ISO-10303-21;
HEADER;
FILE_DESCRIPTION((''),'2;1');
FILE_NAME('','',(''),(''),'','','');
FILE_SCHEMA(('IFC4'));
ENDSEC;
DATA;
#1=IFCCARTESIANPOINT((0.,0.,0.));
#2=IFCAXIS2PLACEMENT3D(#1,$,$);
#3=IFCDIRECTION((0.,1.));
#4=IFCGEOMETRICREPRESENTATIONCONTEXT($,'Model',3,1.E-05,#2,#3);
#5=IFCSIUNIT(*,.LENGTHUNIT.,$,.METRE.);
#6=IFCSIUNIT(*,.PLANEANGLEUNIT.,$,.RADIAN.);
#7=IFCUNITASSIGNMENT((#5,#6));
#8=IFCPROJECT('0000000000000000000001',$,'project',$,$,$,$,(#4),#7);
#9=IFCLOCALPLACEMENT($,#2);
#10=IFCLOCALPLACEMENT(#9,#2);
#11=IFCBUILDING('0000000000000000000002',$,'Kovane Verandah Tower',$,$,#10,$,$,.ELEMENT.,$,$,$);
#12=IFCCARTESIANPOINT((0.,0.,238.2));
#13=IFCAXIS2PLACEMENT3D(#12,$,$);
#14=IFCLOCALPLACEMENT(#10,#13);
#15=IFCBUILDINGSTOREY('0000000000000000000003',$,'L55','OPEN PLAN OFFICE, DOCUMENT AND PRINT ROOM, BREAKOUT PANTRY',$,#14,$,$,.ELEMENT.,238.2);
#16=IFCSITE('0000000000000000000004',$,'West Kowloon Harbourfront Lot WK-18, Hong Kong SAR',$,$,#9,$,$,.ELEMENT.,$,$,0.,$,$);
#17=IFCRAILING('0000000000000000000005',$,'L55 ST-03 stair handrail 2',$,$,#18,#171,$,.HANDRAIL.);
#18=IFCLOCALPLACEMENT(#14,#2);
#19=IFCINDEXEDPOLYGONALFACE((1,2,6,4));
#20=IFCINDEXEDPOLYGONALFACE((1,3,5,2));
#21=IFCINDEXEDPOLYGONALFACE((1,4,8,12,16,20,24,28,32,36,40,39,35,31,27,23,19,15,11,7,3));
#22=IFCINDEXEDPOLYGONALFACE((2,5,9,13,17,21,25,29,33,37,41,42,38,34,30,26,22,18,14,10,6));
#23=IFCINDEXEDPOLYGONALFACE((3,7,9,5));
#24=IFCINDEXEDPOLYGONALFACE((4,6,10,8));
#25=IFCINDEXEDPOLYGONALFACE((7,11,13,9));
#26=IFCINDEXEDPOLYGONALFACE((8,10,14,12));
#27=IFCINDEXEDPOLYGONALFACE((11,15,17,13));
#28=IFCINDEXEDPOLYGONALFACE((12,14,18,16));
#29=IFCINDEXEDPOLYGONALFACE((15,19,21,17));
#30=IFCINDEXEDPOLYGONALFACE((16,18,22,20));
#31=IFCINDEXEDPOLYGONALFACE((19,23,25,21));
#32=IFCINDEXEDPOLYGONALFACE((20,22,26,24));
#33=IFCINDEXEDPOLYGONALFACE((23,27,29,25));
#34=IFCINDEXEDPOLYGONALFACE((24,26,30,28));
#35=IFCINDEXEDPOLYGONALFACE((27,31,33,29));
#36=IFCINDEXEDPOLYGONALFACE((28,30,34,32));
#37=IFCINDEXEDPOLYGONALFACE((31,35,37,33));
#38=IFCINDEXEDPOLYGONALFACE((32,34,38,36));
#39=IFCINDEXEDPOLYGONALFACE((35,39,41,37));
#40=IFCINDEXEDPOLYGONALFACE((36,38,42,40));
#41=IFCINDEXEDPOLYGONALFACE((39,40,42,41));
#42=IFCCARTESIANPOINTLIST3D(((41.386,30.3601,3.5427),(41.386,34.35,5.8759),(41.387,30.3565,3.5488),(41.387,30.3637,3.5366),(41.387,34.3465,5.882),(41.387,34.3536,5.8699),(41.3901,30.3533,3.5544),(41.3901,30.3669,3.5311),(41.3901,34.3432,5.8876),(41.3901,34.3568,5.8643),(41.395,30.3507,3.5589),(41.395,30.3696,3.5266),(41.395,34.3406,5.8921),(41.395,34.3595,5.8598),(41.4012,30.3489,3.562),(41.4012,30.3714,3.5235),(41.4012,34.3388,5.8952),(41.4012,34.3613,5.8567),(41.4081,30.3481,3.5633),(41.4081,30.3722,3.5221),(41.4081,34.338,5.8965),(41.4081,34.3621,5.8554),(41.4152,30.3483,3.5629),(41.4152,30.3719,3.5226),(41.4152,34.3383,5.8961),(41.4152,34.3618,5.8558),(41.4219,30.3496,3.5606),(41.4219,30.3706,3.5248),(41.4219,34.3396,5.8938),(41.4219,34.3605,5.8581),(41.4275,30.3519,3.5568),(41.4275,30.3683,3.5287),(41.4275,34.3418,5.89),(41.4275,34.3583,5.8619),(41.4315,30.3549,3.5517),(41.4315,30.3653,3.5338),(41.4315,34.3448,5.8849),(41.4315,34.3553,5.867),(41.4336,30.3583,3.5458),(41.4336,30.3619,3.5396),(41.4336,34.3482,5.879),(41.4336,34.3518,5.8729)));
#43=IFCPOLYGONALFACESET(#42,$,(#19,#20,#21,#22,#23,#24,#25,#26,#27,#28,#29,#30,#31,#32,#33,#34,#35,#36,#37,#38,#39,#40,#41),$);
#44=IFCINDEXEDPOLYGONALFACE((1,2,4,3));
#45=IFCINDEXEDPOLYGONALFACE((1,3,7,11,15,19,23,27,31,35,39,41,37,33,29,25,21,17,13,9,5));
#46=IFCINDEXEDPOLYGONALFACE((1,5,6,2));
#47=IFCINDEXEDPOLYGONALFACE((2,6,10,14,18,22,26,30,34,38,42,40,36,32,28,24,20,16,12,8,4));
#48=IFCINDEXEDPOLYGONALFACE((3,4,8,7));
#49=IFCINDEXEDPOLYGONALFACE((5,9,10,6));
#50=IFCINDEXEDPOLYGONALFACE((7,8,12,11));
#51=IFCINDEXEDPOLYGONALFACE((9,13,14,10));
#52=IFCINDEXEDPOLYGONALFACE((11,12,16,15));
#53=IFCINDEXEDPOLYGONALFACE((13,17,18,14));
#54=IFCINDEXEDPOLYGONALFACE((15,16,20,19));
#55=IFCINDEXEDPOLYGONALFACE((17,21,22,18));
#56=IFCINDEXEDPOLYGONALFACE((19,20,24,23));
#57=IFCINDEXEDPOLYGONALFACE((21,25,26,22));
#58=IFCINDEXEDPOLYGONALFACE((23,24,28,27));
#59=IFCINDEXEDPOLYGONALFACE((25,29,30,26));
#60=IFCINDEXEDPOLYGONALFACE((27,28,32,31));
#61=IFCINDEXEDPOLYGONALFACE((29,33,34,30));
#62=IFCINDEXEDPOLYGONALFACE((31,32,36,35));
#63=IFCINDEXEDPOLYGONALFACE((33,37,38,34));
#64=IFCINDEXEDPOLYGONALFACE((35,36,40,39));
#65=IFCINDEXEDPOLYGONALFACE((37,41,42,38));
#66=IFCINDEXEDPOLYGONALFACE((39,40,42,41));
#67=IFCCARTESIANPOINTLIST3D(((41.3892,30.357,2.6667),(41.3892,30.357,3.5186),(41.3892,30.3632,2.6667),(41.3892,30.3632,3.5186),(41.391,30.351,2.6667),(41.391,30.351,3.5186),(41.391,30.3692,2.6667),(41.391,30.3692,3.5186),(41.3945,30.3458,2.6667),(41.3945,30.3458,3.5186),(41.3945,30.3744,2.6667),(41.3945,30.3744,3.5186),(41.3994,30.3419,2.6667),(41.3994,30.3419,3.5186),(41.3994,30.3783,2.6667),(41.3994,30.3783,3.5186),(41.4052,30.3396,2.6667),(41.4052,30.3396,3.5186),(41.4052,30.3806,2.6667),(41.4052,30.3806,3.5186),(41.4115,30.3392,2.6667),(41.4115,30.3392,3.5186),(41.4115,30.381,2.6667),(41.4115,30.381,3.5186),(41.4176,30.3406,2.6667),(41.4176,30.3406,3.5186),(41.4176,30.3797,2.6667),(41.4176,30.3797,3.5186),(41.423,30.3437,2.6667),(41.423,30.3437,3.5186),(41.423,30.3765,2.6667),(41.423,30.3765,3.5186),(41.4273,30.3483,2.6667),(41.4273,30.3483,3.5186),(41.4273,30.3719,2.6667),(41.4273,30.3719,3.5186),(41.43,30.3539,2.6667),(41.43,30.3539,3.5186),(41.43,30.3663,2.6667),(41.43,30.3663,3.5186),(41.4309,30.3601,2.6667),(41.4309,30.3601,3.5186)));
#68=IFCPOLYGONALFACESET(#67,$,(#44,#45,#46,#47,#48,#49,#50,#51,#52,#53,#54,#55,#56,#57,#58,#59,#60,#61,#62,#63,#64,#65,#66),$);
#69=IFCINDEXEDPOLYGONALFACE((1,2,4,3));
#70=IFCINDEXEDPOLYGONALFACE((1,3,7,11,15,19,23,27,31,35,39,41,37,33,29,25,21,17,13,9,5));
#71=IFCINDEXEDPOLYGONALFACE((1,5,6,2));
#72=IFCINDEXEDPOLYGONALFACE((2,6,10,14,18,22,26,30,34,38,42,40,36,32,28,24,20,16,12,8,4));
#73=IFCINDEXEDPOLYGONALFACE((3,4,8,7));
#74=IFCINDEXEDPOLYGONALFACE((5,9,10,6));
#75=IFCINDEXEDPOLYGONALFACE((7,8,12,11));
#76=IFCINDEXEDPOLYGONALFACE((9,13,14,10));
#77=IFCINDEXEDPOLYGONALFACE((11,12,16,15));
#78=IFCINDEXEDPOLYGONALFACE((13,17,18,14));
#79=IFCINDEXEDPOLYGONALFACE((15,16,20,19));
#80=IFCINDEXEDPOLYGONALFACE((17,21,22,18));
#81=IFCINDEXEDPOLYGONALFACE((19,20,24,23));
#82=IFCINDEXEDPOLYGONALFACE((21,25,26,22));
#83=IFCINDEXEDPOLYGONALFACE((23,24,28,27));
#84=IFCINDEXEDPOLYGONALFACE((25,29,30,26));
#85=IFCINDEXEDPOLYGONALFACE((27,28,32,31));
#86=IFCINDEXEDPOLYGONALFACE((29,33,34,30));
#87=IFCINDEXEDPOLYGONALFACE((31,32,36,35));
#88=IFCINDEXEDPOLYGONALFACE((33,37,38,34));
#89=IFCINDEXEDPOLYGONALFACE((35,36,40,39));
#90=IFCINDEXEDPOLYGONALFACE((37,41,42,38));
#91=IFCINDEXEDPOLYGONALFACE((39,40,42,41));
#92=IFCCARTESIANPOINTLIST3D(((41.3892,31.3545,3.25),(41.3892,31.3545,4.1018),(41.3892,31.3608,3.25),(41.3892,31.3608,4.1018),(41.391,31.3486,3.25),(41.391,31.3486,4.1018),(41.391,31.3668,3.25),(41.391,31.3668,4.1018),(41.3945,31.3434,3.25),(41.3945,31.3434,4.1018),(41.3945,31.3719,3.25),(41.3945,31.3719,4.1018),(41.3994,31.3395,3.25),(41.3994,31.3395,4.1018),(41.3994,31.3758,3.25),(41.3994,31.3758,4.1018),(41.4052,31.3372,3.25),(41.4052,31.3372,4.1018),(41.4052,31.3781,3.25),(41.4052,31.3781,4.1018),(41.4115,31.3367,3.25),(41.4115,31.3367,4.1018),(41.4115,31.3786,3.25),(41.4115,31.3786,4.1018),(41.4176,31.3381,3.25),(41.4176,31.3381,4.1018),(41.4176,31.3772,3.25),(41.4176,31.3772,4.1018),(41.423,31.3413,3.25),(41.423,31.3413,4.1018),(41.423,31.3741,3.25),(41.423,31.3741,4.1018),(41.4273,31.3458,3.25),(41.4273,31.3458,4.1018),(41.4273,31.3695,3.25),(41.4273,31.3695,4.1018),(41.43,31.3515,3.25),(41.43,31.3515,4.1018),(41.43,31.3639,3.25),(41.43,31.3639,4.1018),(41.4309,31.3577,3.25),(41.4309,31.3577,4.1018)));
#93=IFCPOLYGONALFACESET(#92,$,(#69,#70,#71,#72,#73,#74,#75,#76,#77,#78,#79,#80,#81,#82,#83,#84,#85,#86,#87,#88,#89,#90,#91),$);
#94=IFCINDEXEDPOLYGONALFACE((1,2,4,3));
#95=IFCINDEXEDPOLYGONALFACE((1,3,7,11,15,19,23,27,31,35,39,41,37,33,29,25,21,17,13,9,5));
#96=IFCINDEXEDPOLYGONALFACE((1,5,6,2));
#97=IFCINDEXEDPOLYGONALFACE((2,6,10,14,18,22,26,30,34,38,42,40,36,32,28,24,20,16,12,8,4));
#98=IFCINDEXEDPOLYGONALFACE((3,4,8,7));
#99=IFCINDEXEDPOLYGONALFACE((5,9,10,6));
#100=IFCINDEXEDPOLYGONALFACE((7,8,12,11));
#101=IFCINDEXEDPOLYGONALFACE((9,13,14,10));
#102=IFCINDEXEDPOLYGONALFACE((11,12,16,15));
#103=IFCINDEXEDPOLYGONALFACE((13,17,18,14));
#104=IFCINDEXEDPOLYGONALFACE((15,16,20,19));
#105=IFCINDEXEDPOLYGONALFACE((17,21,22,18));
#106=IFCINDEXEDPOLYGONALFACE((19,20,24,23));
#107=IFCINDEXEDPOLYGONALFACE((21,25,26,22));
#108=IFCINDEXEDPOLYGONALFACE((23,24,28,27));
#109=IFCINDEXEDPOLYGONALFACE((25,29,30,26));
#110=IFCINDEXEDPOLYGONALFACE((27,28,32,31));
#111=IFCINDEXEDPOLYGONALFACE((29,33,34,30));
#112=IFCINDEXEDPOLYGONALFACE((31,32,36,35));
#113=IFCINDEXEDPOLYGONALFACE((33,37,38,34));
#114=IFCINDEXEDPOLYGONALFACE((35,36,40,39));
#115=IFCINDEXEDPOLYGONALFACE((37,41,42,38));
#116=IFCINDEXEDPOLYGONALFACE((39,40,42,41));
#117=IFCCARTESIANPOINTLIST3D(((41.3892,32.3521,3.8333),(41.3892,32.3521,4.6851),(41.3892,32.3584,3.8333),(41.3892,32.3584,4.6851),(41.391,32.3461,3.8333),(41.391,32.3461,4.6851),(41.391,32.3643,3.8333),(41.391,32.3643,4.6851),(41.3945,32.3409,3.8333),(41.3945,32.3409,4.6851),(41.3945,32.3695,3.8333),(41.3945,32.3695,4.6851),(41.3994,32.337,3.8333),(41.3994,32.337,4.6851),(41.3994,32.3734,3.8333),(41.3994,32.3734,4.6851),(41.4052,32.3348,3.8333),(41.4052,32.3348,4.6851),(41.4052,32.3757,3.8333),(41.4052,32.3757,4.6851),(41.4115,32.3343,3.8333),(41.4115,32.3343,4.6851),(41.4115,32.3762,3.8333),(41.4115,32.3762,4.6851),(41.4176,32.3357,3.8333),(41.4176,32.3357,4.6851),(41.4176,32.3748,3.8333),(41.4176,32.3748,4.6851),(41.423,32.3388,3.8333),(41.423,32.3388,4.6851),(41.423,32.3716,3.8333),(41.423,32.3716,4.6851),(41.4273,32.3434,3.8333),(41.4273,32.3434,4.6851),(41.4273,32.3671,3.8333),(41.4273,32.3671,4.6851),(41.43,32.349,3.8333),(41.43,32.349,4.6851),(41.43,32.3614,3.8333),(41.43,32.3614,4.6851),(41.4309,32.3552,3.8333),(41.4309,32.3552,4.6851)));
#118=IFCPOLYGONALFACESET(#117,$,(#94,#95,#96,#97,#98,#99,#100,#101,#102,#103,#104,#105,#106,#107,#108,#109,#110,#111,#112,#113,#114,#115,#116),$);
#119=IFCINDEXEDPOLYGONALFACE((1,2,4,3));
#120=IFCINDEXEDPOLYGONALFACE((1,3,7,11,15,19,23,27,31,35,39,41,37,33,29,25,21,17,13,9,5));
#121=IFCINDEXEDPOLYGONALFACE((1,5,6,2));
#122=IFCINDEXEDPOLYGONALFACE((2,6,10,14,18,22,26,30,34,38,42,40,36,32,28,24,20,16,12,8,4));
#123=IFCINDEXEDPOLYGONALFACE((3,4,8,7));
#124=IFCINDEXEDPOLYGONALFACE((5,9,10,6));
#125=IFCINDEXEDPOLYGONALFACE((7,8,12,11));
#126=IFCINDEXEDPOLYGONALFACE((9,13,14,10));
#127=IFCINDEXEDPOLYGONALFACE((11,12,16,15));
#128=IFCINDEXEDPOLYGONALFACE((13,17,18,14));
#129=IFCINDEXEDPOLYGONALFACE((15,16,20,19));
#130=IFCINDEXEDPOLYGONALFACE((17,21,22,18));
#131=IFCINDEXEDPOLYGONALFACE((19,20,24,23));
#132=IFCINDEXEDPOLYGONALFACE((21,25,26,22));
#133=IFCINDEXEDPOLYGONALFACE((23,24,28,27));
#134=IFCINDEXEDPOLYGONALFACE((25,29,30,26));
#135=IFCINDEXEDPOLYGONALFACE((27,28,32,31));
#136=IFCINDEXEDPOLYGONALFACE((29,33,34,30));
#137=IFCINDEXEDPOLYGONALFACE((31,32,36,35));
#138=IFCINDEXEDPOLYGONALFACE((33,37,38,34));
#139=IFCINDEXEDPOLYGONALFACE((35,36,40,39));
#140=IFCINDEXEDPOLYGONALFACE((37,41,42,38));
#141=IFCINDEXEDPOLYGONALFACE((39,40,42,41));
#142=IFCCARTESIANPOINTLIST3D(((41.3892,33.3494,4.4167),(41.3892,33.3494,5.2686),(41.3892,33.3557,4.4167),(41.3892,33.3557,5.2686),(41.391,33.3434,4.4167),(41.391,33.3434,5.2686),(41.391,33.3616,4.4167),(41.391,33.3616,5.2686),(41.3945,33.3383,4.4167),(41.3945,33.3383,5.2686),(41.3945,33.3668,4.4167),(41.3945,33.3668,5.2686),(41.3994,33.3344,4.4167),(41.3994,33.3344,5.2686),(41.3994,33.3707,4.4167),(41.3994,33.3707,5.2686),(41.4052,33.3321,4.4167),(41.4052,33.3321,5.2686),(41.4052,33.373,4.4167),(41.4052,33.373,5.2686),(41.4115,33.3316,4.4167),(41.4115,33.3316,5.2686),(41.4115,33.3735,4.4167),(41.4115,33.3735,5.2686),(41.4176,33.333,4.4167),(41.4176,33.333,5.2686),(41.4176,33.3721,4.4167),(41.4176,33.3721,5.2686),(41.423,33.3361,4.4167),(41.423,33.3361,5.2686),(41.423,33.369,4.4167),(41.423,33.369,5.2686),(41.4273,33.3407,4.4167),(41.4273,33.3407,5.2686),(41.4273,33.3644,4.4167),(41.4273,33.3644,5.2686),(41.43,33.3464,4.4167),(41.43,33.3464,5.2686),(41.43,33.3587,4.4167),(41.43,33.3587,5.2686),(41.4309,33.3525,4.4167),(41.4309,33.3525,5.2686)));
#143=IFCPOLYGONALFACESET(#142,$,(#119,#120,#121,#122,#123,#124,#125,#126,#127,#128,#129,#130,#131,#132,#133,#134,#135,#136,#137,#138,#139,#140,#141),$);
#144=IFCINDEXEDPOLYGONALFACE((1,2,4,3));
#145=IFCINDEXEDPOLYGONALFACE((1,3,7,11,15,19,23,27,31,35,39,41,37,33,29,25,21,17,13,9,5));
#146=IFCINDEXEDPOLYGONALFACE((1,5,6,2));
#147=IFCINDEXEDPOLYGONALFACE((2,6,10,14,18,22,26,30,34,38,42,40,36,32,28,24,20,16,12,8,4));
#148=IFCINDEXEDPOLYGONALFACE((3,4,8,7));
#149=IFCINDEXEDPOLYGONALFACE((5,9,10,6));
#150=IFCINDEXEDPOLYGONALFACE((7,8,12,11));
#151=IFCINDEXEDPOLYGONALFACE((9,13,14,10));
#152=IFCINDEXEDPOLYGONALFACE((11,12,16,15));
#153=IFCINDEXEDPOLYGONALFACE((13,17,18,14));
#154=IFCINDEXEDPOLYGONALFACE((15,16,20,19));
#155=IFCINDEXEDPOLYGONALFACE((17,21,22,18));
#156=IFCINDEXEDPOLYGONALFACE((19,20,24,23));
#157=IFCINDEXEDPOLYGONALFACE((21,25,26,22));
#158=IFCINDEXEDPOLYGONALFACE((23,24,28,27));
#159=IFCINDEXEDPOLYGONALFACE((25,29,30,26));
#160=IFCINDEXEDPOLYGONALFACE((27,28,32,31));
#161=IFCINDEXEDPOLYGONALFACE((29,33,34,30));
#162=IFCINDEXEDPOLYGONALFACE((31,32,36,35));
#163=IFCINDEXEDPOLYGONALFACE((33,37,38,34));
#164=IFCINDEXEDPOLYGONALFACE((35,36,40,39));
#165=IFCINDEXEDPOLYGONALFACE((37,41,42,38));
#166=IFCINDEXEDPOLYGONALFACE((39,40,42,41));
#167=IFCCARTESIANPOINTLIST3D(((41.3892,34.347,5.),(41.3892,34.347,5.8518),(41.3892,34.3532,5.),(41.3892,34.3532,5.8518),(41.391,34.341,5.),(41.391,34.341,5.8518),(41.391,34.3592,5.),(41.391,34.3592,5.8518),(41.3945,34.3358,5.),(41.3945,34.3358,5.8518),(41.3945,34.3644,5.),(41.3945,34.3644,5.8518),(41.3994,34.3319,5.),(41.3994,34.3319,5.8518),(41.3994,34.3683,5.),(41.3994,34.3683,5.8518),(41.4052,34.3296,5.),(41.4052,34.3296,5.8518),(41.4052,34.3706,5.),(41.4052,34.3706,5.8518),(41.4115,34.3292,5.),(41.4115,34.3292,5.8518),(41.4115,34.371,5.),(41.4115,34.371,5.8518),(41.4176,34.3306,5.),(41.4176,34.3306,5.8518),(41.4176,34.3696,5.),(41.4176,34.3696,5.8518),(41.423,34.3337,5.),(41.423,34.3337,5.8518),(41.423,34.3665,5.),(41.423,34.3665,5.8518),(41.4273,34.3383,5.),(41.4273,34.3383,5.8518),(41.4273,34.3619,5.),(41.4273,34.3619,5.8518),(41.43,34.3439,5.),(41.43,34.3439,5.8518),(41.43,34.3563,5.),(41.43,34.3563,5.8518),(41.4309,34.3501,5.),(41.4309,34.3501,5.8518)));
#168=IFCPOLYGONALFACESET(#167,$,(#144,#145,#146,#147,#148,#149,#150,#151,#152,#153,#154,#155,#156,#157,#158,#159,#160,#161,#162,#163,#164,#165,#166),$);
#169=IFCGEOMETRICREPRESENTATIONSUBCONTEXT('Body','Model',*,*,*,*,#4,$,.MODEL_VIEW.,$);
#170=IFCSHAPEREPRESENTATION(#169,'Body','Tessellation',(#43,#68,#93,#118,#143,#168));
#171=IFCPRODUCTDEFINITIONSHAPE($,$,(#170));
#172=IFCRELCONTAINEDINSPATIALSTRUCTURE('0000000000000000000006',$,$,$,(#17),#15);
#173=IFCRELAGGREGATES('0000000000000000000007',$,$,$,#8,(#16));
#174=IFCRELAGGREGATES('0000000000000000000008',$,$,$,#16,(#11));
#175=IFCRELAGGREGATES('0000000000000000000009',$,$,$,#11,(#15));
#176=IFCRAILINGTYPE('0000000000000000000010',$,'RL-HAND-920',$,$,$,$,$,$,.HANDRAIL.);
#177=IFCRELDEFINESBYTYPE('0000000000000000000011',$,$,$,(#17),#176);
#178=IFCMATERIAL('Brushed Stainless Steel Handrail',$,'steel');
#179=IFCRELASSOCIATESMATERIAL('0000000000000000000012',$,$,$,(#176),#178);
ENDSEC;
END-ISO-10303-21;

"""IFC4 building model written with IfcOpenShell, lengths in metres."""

from ifc_helpers import new_model, si_unit, direction, frame, origin, origin_2d, place, context, subcontext, project, spatial, circle, extrude, material, type_object, element, save


model = new_model("IFC4")

# Units and contexts
model_context = context("Model", 3, precision=1e-05, world=origin(), true_north=direction((0.0, 1.0)))
body_context = subcontext(model_context, "Body", "Model", "MODEL_VIEW")
ifc_project = project(units=[si_unit("LENGTHUNIT", "METRE"), si_unit("PLANEANGLEUNIT", "RADIAN")], contexts=[model_context])

# Site, building, storey
site_placement = place(None, origin())
site = spatial("IfcSite", under=ifc_project, at=site_placement, Name="West Kowloon Harbourfront Lot WK-18, Hong Kong SAR", CompositionType="ELEMENT", RefElevation=0.0)
building_placement = place(site_placement, origin())
building = spatial("IfcBuilding", under=site, at=building_placement, Name="Kovane Verandah Tower", CompositionType="ELEMENT")
storey_placement = place(building_placement, frame((0.0, 0.0, 238.2)))
storey = spatial("IfcBuildingStorey", under=building, at=storey_placement, Name="L55", Description="OPEN PLAN OFFICE, DOCUMENT AND PRINT ROOM, BREAKOUT PANTRY", CompositionType="ELEMENT", Elevation=238.2)

# Railing
ifc_material_1 = material(Name="Brushed Stainless Steel Handrail", Category="steel")
railing_type_1 = type_object("IfcRailingType", Name="RL-HAND-920", PredefinedType="HANDRAIL", material=ifc_material_1)
railing_1_placement = place(storey_placement, frame((41.4099, 30.3601, 2.6667)))
element("IfcRailing", 1, at=railing_1_placement, inside=storey, type_object=railing_type_1, Name="L55 ST-03 stair handrail 2", PredefinedType="HANDRAIL", context=body_context, shape_type="SweptSolid", body=[
    extrude(circle(Radius=0.0239, at=origin_2d()), frame((0.0, 0.0, 0.876), z_axis=(0.0, 0.863236, 0.5048), x_axis=(-1.0, 0.0, 0.0)), (0.0, 0.0, 1.0), 4.6221),
    extrude(circle(Radius=0.021, at=origin_2d()), origin(), (0.0, 0.0, 1.0), 0.8518),
    extrude(circle(Radius=0.021, at=origin_2d()), frame((0.0, 0.9976, 0.5833)), (0.0, 0.0, 1.0), 0.8518),
    extrude(circle(Radius=0.021, at=origin_2d()), frame((0.0, 1.9951, 1.1665)), (0.0, 0.0, 1.0), 0.8518),
    extrude(circle(Radius=0.021, at=origin_2d()), frame((0.0, 2.9924, 1.75)), (0.0, 0.0, 1.0), 0.8518),
    extrude(circle(Radius=0.021, at=origin_2d()), frame((0.0, 3.99, 2.3333)), (0.0, 0.0, 1.0), 0.8518),
])

save(model, "model.ifc")
